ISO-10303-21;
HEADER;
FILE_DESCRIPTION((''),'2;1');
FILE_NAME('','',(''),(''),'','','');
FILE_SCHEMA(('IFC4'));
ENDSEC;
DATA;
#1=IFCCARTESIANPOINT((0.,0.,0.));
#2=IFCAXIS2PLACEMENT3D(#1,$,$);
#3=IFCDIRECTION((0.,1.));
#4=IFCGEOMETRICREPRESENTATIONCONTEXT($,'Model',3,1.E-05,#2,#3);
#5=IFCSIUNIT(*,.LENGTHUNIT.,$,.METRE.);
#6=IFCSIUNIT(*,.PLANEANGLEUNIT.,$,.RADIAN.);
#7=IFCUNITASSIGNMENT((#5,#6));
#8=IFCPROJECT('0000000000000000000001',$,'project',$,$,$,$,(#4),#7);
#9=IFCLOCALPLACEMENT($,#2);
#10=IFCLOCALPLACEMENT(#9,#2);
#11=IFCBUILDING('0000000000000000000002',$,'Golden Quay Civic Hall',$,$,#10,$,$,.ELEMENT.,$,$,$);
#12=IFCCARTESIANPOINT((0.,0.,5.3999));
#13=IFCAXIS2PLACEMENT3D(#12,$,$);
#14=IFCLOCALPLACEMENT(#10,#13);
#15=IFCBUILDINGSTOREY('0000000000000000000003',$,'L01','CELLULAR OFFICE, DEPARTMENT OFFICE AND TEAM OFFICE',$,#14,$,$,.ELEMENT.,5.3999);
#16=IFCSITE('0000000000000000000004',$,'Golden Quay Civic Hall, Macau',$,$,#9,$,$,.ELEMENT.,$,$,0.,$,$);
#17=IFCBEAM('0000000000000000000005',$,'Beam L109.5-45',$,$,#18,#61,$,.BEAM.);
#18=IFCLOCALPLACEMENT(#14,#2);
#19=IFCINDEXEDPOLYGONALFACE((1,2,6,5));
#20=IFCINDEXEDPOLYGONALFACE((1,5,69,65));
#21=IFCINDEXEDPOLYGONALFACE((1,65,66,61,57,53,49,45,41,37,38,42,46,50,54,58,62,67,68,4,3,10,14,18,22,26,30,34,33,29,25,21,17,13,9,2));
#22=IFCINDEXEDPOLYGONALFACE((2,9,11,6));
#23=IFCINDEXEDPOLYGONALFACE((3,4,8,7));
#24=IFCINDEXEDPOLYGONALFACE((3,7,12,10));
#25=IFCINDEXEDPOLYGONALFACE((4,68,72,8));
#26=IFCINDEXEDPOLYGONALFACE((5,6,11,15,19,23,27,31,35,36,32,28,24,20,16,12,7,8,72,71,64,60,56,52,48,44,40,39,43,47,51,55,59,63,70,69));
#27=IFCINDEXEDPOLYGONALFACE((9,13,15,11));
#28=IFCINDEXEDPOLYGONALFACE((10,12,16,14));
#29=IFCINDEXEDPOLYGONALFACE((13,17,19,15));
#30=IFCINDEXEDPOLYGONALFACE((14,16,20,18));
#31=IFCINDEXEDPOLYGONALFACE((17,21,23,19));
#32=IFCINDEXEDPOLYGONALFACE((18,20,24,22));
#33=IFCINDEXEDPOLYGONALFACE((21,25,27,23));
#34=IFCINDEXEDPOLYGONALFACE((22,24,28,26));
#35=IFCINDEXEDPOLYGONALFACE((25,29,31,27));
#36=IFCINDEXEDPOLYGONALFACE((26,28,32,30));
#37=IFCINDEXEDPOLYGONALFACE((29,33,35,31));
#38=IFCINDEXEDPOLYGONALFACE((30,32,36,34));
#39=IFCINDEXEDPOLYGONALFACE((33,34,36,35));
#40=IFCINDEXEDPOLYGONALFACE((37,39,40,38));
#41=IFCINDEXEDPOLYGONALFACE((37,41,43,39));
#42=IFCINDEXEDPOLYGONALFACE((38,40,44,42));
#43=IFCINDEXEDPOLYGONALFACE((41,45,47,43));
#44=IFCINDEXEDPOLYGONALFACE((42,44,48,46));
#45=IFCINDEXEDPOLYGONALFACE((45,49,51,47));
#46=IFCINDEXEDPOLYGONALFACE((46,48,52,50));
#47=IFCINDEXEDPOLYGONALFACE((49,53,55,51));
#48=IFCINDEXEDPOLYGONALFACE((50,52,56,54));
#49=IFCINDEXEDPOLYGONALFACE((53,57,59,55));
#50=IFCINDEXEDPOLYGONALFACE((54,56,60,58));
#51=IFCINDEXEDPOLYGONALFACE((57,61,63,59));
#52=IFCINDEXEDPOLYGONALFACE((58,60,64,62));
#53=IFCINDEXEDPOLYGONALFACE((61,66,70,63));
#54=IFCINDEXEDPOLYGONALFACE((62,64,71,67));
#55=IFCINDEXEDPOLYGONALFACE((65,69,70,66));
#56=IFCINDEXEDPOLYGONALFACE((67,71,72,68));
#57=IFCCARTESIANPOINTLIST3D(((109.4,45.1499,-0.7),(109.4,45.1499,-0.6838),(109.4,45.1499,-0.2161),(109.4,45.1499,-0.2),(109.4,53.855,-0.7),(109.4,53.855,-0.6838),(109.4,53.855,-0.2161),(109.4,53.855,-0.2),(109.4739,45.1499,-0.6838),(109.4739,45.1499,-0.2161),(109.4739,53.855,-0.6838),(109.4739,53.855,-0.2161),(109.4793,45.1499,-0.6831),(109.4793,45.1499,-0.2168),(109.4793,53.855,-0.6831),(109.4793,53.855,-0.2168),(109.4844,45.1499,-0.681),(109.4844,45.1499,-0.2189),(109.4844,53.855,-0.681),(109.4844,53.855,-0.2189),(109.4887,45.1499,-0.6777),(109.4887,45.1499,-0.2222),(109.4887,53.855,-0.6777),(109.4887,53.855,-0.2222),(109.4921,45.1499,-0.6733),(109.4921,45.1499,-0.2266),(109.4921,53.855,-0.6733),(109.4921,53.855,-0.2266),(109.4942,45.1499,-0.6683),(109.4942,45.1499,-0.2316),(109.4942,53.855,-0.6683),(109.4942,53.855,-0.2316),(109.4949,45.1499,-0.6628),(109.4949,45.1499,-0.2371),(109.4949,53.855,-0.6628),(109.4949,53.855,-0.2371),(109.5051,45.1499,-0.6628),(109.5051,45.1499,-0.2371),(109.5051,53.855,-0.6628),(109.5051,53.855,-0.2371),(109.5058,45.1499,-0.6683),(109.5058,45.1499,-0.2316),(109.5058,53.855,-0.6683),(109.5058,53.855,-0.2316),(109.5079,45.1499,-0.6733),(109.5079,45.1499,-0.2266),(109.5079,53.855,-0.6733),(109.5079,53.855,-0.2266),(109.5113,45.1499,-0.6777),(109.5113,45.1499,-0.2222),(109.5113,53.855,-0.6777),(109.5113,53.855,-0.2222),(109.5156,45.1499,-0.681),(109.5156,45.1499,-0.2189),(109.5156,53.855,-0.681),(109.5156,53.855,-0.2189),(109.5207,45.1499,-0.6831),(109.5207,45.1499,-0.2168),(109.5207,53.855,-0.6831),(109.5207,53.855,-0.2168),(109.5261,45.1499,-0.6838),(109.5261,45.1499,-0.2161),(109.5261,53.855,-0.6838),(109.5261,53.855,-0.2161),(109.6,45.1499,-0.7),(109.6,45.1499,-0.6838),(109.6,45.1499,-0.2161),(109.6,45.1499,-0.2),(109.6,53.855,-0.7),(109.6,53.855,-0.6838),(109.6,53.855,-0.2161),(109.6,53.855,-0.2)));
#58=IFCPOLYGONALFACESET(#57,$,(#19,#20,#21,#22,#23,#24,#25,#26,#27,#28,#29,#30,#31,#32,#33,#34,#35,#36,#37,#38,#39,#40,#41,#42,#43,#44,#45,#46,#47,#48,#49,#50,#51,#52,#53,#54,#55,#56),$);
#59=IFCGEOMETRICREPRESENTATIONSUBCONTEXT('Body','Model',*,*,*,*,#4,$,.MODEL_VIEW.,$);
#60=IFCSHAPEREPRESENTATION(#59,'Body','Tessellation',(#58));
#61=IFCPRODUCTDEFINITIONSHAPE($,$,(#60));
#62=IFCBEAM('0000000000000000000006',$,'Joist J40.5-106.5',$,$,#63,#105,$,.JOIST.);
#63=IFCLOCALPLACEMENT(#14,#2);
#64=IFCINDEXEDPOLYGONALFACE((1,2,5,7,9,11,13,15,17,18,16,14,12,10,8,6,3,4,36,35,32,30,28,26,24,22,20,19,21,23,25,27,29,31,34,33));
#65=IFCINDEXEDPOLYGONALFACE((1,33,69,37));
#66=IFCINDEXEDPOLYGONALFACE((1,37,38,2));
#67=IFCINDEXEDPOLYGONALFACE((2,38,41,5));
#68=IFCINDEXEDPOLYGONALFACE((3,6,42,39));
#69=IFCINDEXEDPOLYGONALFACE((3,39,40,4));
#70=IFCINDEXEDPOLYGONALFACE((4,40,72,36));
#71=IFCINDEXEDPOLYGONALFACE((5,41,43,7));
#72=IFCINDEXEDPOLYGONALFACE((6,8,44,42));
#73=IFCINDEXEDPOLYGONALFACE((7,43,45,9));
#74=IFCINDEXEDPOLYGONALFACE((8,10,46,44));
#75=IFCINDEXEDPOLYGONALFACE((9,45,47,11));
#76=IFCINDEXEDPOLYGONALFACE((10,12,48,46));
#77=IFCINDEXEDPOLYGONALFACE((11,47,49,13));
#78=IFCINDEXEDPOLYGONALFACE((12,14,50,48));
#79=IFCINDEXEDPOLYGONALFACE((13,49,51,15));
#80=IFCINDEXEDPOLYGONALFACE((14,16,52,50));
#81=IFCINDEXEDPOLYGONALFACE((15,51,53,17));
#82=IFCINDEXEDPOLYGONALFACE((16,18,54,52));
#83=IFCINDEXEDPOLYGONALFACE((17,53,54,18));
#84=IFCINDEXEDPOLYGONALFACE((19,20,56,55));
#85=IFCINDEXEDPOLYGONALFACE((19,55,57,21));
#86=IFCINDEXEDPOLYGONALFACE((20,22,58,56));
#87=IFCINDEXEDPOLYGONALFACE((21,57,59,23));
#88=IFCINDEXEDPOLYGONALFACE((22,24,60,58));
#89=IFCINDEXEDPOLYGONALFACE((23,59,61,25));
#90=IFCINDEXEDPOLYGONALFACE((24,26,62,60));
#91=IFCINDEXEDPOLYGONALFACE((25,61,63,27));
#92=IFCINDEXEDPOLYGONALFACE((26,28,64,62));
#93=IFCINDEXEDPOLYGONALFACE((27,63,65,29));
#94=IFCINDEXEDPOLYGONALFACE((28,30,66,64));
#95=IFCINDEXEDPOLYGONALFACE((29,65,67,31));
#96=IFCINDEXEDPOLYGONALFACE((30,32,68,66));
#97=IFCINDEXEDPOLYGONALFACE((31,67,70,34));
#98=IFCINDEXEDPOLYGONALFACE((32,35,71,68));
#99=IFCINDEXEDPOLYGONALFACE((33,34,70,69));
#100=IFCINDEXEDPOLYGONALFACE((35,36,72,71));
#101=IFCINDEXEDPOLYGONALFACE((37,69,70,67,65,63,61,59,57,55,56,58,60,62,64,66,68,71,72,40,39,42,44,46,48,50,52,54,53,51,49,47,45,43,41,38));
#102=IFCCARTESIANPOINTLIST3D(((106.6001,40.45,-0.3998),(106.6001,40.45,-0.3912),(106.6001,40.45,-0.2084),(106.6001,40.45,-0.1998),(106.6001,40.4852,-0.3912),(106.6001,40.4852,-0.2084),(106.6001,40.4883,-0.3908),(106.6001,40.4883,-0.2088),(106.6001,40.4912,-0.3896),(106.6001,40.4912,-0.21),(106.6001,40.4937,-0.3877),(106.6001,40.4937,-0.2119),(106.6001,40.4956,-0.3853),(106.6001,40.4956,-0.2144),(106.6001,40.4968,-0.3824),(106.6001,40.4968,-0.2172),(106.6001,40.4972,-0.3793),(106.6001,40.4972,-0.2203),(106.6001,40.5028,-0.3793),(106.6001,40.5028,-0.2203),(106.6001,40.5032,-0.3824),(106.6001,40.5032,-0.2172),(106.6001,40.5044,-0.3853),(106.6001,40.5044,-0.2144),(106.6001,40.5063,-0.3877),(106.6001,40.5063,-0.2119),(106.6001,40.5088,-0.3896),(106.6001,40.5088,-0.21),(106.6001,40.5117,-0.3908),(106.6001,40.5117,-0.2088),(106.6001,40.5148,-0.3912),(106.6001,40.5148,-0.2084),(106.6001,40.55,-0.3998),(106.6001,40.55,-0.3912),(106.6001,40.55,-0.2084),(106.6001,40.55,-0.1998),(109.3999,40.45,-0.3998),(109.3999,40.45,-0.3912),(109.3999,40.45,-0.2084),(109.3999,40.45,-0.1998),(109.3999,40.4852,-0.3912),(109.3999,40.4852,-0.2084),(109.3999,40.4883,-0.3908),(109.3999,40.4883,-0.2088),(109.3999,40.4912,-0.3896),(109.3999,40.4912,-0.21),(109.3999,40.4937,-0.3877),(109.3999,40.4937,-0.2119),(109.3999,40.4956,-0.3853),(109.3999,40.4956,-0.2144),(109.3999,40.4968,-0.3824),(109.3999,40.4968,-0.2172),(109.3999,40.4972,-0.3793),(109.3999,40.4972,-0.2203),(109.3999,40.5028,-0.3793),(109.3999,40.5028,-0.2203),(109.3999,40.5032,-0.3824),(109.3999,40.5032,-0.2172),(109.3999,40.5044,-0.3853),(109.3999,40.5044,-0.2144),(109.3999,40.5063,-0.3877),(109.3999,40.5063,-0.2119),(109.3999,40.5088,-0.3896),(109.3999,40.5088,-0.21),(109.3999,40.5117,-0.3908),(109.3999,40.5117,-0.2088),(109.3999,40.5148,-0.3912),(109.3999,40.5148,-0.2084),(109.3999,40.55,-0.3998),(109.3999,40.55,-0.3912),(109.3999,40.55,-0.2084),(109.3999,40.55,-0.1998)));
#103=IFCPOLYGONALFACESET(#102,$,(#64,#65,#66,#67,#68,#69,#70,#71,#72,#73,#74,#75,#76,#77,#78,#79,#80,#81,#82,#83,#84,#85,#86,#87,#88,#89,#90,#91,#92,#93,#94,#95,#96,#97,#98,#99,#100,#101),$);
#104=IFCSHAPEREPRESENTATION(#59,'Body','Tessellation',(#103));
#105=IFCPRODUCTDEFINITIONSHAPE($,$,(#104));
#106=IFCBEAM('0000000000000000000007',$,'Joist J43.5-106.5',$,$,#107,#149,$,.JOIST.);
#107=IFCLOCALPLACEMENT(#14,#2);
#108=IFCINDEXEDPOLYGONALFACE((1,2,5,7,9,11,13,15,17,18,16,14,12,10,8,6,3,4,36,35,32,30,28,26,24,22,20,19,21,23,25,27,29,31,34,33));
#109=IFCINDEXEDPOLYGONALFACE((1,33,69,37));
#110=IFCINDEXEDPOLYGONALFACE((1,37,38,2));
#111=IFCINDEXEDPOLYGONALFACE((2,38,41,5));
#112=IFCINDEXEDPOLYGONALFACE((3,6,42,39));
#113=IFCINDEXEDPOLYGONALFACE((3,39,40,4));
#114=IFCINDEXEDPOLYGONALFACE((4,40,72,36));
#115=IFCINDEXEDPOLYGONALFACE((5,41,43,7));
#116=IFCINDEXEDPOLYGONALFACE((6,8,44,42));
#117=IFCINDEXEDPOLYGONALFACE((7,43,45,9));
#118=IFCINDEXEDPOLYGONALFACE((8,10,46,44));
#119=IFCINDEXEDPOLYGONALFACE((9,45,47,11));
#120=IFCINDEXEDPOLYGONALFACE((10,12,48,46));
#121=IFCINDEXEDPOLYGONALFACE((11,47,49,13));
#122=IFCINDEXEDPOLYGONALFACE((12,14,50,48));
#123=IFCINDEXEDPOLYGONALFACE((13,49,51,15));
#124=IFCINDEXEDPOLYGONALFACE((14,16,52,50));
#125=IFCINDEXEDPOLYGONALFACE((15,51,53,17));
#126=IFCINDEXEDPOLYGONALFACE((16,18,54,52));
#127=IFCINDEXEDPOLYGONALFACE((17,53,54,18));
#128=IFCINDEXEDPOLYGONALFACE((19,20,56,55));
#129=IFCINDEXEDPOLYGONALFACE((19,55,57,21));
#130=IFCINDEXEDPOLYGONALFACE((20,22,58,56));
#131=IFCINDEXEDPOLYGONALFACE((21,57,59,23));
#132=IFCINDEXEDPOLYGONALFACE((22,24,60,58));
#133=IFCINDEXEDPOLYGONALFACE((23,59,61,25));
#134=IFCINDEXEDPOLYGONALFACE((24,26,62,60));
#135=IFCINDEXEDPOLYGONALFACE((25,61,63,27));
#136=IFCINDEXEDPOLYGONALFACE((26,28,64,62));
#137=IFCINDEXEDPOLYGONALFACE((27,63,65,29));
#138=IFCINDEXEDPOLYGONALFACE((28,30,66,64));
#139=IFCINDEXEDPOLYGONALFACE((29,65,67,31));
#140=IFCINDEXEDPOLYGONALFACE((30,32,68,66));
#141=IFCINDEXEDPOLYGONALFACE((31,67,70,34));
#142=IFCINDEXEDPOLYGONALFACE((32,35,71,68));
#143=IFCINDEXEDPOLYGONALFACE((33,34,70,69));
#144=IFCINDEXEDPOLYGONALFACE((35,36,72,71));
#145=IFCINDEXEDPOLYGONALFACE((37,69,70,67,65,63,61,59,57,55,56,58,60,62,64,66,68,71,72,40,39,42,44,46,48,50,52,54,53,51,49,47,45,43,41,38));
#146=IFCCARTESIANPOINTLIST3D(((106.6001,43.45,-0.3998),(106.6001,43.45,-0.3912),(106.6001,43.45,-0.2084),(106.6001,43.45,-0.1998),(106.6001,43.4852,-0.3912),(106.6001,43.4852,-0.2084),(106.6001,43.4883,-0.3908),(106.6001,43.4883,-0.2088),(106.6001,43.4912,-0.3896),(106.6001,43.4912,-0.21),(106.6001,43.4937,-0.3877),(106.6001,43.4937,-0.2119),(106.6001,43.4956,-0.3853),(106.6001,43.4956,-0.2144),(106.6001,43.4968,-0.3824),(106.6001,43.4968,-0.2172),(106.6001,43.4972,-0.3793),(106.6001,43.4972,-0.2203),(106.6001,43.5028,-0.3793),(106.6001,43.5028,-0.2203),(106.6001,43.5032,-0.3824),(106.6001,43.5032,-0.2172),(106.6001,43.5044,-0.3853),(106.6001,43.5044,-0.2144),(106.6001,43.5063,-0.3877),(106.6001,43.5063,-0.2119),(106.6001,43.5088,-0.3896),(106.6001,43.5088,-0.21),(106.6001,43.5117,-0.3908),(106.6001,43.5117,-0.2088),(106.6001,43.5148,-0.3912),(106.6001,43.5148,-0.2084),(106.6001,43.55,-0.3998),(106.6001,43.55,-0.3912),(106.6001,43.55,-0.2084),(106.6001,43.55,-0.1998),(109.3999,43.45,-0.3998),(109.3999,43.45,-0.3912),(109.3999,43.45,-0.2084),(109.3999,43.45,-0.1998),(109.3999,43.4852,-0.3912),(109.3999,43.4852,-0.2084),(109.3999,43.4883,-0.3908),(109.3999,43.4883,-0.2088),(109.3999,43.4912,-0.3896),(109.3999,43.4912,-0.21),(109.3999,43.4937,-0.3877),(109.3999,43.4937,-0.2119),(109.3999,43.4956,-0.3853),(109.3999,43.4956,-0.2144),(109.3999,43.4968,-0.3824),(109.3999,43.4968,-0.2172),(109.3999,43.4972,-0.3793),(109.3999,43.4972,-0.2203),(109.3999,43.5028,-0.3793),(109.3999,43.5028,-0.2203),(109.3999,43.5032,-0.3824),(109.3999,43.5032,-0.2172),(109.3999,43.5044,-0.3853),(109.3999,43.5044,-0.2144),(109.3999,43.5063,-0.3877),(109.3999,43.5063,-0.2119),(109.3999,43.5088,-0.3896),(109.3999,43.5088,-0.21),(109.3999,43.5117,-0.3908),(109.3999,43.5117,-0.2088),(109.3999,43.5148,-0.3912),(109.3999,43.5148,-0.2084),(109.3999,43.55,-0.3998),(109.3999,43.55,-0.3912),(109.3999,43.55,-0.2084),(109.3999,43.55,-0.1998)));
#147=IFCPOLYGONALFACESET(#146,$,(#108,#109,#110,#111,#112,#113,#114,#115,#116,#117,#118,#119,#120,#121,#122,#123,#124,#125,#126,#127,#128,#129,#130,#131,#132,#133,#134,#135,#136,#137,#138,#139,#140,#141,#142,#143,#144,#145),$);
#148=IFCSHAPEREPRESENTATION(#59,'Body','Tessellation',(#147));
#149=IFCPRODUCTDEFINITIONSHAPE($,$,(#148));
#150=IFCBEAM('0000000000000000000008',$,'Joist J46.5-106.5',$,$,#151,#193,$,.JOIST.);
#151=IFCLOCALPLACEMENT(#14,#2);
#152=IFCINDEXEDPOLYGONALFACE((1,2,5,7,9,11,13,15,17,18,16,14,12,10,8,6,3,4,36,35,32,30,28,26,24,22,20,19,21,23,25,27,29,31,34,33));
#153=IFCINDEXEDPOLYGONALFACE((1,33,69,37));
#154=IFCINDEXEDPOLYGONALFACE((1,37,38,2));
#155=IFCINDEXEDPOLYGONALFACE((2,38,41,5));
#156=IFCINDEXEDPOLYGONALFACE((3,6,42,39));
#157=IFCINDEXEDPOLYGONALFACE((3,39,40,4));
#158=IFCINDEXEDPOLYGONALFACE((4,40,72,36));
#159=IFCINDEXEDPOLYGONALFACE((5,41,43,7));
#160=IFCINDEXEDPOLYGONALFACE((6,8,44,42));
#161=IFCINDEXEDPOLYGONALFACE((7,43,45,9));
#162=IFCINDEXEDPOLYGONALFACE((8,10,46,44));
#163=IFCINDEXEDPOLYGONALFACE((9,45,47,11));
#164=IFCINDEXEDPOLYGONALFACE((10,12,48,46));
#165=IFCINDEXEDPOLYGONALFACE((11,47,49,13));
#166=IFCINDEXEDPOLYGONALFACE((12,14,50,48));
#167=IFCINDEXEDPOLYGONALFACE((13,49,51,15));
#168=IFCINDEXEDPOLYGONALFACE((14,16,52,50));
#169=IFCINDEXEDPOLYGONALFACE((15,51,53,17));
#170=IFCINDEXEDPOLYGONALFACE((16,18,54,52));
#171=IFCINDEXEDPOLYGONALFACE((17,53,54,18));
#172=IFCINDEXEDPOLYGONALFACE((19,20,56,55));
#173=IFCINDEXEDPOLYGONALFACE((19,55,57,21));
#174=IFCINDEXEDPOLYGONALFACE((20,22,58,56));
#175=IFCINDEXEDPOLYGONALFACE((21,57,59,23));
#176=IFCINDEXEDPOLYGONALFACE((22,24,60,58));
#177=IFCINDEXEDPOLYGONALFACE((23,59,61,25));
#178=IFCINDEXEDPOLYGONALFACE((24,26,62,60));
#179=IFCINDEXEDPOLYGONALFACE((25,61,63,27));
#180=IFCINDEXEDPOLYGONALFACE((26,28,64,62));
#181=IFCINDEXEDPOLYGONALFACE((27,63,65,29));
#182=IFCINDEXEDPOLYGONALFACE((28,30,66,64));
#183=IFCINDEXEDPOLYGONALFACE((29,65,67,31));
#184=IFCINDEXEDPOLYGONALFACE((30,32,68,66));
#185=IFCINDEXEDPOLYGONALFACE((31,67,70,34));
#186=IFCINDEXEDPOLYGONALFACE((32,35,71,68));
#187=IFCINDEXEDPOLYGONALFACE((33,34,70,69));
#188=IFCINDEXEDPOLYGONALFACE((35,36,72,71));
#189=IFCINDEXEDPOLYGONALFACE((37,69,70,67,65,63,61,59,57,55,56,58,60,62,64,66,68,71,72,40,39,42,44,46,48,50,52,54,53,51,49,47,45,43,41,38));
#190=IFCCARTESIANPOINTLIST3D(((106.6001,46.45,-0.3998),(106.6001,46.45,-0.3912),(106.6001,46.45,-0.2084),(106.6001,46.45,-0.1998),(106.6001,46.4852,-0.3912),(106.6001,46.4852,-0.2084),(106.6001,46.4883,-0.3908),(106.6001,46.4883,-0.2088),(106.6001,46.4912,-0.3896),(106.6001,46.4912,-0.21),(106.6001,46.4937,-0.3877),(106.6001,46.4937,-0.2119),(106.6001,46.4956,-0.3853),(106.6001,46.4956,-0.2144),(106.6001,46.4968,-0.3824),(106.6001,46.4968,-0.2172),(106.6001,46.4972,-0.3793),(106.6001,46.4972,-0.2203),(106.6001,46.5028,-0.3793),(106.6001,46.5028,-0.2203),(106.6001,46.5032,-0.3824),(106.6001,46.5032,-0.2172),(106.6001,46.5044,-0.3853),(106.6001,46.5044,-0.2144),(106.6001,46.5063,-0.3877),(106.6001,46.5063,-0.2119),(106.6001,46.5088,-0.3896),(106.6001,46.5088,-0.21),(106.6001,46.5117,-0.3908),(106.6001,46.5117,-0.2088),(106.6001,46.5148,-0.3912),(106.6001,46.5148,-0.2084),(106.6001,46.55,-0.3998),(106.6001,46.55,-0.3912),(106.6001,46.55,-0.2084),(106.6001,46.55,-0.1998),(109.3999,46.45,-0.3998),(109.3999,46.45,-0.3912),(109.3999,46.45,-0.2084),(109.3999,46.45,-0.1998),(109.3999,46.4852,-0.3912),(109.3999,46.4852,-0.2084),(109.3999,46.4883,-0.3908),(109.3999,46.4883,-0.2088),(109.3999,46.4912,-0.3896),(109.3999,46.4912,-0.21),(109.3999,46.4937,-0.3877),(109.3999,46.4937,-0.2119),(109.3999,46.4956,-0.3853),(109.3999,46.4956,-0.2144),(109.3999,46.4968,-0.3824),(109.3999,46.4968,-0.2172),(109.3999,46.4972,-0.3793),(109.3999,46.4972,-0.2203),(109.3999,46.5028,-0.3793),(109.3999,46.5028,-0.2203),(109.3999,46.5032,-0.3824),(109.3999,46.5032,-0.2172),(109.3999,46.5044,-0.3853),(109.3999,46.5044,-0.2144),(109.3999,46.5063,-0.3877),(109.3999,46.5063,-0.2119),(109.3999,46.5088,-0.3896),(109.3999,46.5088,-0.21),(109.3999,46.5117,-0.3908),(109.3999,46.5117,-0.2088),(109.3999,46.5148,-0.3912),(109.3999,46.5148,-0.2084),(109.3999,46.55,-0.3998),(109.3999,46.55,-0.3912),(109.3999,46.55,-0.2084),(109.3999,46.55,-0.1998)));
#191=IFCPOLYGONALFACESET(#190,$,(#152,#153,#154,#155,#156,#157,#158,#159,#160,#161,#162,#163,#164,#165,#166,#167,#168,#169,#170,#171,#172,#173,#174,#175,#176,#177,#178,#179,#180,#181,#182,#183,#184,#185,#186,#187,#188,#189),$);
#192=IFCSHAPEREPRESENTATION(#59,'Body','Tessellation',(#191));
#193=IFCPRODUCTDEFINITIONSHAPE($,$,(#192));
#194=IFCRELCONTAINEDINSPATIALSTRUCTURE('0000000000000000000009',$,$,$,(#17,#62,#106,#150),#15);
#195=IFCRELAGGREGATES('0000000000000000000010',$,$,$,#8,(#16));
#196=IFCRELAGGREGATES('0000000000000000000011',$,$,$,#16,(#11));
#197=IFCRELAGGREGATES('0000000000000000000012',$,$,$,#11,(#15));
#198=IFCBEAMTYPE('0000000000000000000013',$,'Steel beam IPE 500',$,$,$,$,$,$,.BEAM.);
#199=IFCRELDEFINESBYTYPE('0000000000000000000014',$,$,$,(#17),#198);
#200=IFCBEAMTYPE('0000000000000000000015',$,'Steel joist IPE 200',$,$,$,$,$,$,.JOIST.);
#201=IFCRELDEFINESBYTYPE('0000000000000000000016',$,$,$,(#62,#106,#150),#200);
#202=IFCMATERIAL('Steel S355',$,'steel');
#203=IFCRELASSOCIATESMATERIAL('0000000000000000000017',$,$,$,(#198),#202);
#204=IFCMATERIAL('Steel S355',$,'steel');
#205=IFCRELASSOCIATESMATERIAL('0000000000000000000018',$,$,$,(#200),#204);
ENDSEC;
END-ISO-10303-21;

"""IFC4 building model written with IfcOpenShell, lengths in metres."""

from ifc_helpers import new_model, si_unit, direction, frame, origin, origin_2d, place, context, subcontext, project, spatial, i_section, extrude, material, material_profile, profile_set, type_object, element, save


model = new_model("IFC4")

# Units and contexts
model_context = context("Model", 3, precision=1e-05, world=origin(), true_north=direction((0.0, 1.0)))
body_context = subcontext(model_context, "Body", "Model", "MODEL_VIEW")
ifc_project = project(units=[si_unit("LENGTHUNIT", "METRE"), si_unit("PLANEANGLEUNIT", "RADIAN")], contexts=[model_context])

# Site, building, storey
site_placement = place(None, origin())
site = spatial("IfcSite", under=ifc_project, at=site_placement, Name="Golden Quay Civic Hall, Macau", CompositionType="ELEMENT", RefElevation=0.0)
building_placement = place(site_placement, origin())
building = spatial("IfcBuilding", under=site, at=building_placement, Name="Golden Quay Civic Hall", CompositionType="ELEMENT")
storey_placement = place(building_placement, frame((0.0, 0.0, 5.3999)))
storey = spatial("IfcBuildingStorey", under=building, at=storey_placement, Name="L01", Description="CELLULAR OFFICE, DEPARTMENT OFFICE AND TEAM OFFICE", CompositionType="ELEMENT", Elevation=5.3999)

# Beams
ifc_material_1 = material(Name="Steel S355", Category="steel")
ifc_material_profile_1 = material_profile(ifc_material_1, i_section(OverallWidth=0.2, OverallDepth=0.5, WebThickness=0.0103, FlangeThickness=0.0161, FilletRadius=0.021, at=origin_2d()), Name="IPE 500")
ifc_profile_set_1 = profile_set([ifc_material_profile_1], Name="Steel S355")
beam_type_1 = type_object("IfcBeamType", Name="Steel beam IPE 500", PredefinedType="BEAM", material=ifc_profile_set_1)
for number, where, z_axis, x_axis, name in (
    (1, (109.5, 45.1499, -0.45), (0.0, 1.0, 0.0), (-1.0, 0.0, 0.0), "Beam L109.5-45"),
):
    element("IfcBeam", number, at=place(storey_placement, frame(where, z_axis=z_axis, x_axis=x_axis)), inside=storey, type_object=beam_type_1, Name=name, PredefinedType="BEAM", context=body_context, shape_type="SweptSolid", body=[
        extrude(i_section(OverallWidth=0.2, OverallDepth=0.5, WebThickness=0.0103, FlangeThickness=0.0161, FilletRadius=0.021, at=origin_2d()), origin(), (0.0, 0.0, 1.0), 8.7051),
    ])
ifc_material_2 = material(Name="Steel S355", Category="steel")
ifc_material_profile_2 = material_profile(ifc_material_2, i_section(OverallWidth=0.1001, OverallDepth=0.2, WebThickness=0.0056, FlangeThickness=0.0085, FilletRadius=0.012, at=origin_2d()), Name="IPE 200")
ifc_profile_set_2 = profile_set([ifc_material_profile_2], Name="Steel S355")
beam_type_2 = type_object("IfcBeamType", Name="Steel joist IPE 200", PredefinedType="JOIST", material=ifc_profile_set_2)
for number, where, z_axis, x_axis, name in (
    (2, (106.6001, 40.5, -0.2998), (1.0, 0.0, 0.0), (0.0, 1.0, 0.0), "Joist J40.5-106.5"),
    (3, (106.6001, 43.5, -0.2998), (1.0, 0.0, 0.0), (0.0, 1.0, 0.0), "Joist J43.5-106.5"),
    (4, (106.6001, 46.5, -0.2998), (1.0, 0.0, 0.0), (0.0, 1.0, 0.0), "Joist J46.5-106.5"),
):
    element("IfcBeam", number, at=place(storey_placement, frame(where, z_axis=z_axis, x_axis=x_axis)), inside=storey, type_object=beam_type_2, Name=name, PredefinedType="JOIST", context=body_context, shape_type="SweptSolid", body=[
        extrude(i_section(OverallWidth=0.1001, OverallDepth=0.2, WebThickness=0.0056, FlangeThickness=0.0085, FilletRadius=0.012, at=origin_2d()), origin(), (0.0, 0.0, 1.0), 2.7998),
    ])

save(model, "model.ifc")
